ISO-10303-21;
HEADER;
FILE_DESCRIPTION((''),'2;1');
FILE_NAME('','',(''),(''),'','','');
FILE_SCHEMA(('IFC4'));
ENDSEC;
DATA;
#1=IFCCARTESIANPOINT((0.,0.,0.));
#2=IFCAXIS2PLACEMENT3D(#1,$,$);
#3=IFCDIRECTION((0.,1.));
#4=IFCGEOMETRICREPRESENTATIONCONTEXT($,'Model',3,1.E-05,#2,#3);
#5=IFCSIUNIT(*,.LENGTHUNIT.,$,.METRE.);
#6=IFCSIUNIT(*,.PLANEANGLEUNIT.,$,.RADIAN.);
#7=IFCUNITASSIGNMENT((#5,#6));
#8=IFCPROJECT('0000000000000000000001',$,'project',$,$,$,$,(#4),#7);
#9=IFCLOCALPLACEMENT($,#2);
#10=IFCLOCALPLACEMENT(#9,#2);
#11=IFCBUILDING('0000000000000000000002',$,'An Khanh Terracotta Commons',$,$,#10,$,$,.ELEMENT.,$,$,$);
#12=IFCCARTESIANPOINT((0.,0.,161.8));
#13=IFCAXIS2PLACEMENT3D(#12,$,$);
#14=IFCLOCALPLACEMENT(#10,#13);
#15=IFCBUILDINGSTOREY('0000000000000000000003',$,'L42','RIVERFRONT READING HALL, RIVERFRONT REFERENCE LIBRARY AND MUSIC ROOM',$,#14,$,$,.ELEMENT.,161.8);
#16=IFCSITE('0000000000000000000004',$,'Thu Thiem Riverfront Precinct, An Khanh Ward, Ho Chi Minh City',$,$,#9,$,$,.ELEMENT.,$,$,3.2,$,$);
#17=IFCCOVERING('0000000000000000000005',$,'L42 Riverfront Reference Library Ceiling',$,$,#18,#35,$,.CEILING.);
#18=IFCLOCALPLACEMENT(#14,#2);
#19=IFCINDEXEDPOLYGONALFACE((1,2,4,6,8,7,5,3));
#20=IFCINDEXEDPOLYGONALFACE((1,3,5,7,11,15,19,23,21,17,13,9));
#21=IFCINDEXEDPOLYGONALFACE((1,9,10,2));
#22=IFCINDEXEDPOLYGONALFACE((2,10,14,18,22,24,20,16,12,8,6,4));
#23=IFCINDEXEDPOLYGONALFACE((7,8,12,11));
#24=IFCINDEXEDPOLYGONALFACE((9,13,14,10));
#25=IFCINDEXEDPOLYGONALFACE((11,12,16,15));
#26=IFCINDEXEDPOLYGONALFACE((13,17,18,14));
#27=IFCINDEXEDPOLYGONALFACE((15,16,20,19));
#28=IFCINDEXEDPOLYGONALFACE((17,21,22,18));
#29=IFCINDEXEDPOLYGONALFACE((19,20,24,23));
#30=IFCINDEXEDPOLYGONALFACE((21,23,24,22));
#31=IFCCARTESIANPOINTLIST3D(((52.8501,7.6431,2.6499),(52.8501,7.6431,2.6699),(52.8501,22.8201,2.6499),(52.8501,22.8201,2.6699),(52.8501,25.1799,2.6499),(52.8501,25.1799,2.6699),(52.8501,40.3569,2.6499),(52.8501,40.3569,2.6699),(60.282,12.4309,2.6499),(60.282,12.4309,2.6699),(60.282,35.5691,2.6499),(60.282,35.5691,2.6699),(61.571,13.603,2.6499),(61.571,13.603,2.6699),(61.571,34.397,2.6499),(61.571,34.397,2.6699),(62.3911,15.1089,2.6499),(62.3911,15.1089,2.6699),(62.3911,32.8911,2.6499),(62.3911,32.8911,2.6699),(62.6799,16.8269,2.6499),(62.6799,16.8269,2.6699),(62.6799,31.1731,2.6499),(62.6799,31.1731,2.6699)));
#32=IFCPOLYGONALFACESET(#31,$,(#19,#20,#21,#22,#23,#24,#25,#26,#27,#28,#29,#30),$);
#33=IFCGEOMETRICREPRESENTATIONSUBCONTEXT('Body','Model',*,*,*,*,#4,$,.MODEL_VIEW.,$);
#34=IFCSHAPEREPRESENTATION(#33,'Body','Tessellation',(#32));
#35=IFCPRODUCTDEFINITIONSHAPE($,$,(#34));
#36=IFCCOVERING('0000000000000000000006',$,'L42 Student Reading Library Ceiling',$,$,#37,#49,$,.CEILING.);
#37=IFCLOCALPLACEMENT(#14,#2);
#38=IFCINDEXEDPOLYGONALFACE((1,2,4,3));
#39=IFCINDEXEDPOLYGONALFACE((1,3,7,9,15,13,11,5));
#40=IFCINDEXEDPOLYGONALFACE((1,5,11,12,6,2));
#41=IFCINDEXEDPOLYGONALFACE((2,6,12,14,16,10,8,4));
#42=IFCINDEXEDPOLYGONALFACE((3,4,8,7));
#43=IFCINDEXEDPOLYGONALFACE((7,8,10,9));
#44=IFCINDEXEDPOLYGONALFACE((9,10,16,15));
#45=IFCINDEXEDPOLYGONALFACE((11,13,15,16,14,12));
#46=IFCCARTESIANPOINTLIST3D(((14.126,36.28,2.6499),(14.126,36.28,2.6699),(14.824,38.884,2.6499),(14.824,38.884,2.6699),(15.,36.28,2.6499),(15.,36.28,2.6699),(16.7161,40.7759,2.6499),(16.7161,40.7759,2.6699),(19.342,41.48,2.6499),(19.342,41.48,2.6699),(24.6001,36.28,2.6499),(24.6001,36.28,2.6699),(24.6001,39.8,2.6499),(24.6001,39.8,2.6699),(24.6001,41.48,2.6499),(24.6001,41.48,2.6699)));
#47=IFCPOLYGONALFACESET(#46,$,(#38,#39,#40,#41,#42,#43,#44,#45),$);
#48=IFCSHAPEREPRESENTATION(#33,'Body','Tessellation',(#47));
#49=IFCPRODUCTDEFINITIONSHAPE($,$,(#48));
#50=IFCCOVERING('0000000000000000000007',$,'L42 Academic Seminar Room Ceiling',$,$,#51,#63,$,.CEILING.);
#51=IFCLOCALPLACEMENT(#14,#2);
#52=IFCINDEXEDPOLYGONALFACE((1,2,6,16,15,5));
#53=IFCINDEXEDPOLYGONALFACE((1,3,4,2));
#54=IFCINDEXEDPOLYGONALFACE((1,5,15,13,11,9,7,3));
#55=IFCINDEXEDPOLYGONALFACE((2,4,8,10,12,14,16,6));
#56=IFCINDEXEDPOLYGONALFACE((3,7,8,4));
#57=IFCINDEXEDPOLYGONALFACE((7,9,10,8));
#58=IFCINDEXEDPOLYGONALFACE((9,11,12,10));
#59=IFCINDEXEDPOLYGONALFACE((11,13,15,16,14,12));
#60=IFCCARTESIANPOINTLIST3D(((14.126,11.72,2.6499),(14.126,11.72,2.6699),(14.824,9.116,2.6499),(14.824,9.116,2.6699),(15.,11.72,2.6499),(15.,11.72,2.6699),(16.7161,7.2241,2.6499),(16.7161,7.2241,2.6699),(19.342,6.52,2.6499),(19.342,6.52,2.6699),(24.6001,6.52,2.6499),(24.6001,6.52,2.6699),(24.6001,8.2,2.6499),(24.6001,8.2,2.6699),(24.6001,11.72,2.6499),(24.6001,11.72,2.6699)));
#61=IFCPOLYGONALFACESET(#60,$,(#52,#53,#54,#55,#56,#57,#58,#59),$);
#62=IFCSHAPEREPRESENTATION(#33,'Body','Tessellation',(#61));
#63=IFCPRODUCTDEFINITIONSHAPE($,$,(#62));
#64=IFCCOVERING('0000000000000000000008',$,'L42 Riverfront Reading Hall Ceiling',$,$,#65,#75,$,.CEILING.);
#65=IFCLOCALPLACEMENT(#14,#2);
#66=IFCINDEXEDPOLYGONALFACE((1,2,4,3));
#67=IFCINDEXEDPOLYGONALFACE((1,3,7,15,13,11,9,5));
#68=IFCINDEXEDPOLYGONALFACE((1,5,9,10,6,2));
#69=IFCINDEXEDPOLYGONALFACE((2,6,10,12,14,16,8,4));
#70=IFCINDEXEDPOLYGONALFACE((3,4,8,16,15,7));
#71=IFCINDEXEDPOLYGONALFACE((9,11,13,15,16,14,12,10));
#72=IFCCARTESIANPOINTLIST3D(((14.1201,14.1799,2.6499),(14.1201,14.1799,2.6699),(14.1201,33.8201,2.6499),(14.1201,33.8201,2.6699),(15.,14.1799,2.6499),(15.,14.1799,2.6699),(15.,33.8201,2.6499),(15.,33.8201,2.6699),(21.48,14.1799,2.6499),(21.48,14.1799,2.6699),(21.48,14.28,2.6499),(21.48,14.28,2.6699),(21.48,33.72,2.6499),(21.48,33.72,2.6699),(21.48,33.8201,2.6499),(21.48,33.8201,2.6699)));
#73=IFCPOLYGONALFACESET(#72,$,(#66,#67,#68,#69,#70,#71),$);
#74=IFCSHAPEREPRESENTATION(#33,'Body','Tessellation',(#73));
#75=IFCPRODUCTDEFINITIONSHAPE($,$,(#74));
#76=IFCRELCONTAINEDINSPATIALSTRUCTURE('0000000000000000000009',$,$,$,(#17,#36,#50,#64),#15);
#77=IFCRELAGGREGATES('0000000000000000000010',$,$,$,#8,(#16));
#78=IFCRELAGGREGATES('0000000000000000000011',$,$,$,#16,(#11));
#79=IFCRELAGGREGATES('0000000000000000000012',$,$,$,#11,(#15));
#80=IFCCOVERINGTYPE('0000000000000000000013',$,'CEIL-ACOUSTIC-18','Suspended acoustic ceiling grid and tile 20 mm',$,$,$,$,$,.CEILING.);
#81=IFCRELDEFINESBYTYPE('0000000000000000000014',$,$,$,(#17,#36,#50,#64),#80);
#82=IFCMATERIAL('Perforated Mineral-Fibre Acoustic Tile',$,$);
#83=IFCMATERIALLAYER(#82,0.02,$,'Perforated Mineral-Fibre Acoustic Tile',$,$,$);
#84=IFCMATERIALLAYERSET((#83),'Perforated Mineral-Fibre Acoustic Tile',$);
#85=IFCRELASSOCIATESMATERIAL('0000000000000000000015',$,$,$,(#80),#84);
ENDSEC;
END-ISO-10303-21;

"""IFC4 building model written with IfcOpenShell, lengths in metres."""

from ifc_helpers import new_model, si_unit, direction, frame, origin, place, context, subcontext, project, spatial, polyline, outline, extrude, material, layer, layer_set, type_object, element, save


model = new_model("IFC4")

# Units and contexts
model_context = context("Model", 3, precision=1e-05, world=origin(), true_north=direction((0.0, 1.0)))
body_context = subcontext(model_context, "Body", "Model", "MODEL_VIEW")
ifc_project = project(units=[si_unit("LENGTHUNIT", "METRE"), si_unit("PLANEANGLEUNIT", "RADIAN")], contexts=[model_context])

# Site, building, storey
site_placement = place(None, origin())
site = spatial("IfcSite", under=ifc_project, at=site_placement, Name="Thu Thiem Riverfront Precinct, An Khanh Ward, Ho Chi Minh City", CompositionType="ELEMENT", RefElevation=3.2)
building_placement = place(site_placement, origin())
building = spatial("IfcBuilding", under=site, at=building_placement, Name="An Khanh Terracotta Commons", CompositionType="ELEMENT")
storey_placement = place(building_placement, frame((0.0, 0.0, 161.8)))
storey = spatial("IfcBuildingStorey", under=building, at=storey_placement, Name="L42", Description="RIVERFRONT READING HALL, RIVERFRONT REFERENCE LIBRARY AND MUSIC ROOM", CompositionType="ELEMENT", Elevation=161.8)

# Coverings
ifc_material_1 = material(Name="Perforated Mineral-Fibre Acoustic Tile")
ifc_layer_1 = layer(ifc_material_1, 0.02, Name="Perforated Mineral-Fibre Acoustic Tile")
ifc_layer_set_1 = layer_set([ifc_layer_1], Name="Perforated Mineral-Fibre Acoustic Tile")
covering_type = type_object("IfcCoveringType", Name="CEIL-ACOUSTIC-18", Description="Suspended acoustic ceiling grid and tile 20 mm", PredefinedType="CEILING", material=ifc_layer_set_1)
covering_1_placement = place(storey_placement, frame((0.0, 0.0, 2.6499)))
element("IfcCovering", 1, at=covering_1_placement, inside=storey, type_object=covering_type, Name="L42 Riverfront Reference Library Ceiling", PredefinedType="CEILING", context=body_context, shape_type="SweptSolid", body=[
    extrude(outline(polyline([(60.282, 35.5691), (61.571, 34.397), (62.3911, 32.8911), (62.6799, 31.1731), (62.6799, 16.8269), (62.3911, 15.1089), (61.571, 13.603), (60.282, 12.4309), (52.8501, 7.6431), (52.8501, 22.8201), (52.8501, 25.1799), (52.8501, 40.3569), (60.282, 35.5691)])), origin(), (0.0, 0.0, 1.0), 0.02),
])
covering_2_placement = place(storey_placement, frame((0.0, 0.0, 2.6499)))
element("IfcCovering", 2, at=covering_2_placement, inside=storey, type_object=covering_type, Name="L42 Student Reading Library Ceiling", PredefinedType="CEILING", context=body_context, shape_type="SweptSolid", body=[
    extrude(outline(polyline([(24.6001, 41.48), (24.6001, 39.8), (24.6001, 36.28), (15.0, 36.28), (14.126, 36.28), (14.824, 38.884), (16.7161, 40.7759), (19.342, 41.48), (24.6001, 41.48)])), origin(), (0.0, 0.0, 1.0), 0.02),
])
covering_3_placement = place(storey_placement, frame((0.0, 0.0, 2.6499)))
element("IfcCovering", 3, at=covering_3_placement, inside=storey, type_object=covering_type, Name="L42 Academic Seminar Room Ceiling", PredefinedType="CEILING", context=body_context, shape_type="SweptSolid", body=[
    extrude(outline(polyline([(19.342, 6.52), (16.7161, 7.2241), (14.824, 9.116), (14.126, 11.72), (15.0, 11.72), (24.6001, 11.72), (24.6001, 8.2), (24.6001, 6.52), (19.342, 6.52)])), origin(), (0.0, 0.0, 1.0), 0.02),
])
covering_4_placement = place(storey_placement, frame((0.0, 0.0, 2.6499)))
element("IfcCovering", 4, at=covering_4_placement, inside=storey, type_object=covering_type, Name="L42 Riverfront Reading Hall Ceiling", PredefinedType="CEILING", context=body_context, shape_type="SweptSolid", body=[
    extrude(outline(polyline([(14.1201, 33.8201), (15.0, 33.8201), (21.48, 33.8201), (21.48, 33.72), (21.48, 14.28), (21.48, 14.1799), (15.0, 14.1799), (14.1201, 14.1799), (14.1201, 33.8201)])), origin(), (0.0, 0.0, 1.0), 0.02),
])

save(model, "model.ifc")
